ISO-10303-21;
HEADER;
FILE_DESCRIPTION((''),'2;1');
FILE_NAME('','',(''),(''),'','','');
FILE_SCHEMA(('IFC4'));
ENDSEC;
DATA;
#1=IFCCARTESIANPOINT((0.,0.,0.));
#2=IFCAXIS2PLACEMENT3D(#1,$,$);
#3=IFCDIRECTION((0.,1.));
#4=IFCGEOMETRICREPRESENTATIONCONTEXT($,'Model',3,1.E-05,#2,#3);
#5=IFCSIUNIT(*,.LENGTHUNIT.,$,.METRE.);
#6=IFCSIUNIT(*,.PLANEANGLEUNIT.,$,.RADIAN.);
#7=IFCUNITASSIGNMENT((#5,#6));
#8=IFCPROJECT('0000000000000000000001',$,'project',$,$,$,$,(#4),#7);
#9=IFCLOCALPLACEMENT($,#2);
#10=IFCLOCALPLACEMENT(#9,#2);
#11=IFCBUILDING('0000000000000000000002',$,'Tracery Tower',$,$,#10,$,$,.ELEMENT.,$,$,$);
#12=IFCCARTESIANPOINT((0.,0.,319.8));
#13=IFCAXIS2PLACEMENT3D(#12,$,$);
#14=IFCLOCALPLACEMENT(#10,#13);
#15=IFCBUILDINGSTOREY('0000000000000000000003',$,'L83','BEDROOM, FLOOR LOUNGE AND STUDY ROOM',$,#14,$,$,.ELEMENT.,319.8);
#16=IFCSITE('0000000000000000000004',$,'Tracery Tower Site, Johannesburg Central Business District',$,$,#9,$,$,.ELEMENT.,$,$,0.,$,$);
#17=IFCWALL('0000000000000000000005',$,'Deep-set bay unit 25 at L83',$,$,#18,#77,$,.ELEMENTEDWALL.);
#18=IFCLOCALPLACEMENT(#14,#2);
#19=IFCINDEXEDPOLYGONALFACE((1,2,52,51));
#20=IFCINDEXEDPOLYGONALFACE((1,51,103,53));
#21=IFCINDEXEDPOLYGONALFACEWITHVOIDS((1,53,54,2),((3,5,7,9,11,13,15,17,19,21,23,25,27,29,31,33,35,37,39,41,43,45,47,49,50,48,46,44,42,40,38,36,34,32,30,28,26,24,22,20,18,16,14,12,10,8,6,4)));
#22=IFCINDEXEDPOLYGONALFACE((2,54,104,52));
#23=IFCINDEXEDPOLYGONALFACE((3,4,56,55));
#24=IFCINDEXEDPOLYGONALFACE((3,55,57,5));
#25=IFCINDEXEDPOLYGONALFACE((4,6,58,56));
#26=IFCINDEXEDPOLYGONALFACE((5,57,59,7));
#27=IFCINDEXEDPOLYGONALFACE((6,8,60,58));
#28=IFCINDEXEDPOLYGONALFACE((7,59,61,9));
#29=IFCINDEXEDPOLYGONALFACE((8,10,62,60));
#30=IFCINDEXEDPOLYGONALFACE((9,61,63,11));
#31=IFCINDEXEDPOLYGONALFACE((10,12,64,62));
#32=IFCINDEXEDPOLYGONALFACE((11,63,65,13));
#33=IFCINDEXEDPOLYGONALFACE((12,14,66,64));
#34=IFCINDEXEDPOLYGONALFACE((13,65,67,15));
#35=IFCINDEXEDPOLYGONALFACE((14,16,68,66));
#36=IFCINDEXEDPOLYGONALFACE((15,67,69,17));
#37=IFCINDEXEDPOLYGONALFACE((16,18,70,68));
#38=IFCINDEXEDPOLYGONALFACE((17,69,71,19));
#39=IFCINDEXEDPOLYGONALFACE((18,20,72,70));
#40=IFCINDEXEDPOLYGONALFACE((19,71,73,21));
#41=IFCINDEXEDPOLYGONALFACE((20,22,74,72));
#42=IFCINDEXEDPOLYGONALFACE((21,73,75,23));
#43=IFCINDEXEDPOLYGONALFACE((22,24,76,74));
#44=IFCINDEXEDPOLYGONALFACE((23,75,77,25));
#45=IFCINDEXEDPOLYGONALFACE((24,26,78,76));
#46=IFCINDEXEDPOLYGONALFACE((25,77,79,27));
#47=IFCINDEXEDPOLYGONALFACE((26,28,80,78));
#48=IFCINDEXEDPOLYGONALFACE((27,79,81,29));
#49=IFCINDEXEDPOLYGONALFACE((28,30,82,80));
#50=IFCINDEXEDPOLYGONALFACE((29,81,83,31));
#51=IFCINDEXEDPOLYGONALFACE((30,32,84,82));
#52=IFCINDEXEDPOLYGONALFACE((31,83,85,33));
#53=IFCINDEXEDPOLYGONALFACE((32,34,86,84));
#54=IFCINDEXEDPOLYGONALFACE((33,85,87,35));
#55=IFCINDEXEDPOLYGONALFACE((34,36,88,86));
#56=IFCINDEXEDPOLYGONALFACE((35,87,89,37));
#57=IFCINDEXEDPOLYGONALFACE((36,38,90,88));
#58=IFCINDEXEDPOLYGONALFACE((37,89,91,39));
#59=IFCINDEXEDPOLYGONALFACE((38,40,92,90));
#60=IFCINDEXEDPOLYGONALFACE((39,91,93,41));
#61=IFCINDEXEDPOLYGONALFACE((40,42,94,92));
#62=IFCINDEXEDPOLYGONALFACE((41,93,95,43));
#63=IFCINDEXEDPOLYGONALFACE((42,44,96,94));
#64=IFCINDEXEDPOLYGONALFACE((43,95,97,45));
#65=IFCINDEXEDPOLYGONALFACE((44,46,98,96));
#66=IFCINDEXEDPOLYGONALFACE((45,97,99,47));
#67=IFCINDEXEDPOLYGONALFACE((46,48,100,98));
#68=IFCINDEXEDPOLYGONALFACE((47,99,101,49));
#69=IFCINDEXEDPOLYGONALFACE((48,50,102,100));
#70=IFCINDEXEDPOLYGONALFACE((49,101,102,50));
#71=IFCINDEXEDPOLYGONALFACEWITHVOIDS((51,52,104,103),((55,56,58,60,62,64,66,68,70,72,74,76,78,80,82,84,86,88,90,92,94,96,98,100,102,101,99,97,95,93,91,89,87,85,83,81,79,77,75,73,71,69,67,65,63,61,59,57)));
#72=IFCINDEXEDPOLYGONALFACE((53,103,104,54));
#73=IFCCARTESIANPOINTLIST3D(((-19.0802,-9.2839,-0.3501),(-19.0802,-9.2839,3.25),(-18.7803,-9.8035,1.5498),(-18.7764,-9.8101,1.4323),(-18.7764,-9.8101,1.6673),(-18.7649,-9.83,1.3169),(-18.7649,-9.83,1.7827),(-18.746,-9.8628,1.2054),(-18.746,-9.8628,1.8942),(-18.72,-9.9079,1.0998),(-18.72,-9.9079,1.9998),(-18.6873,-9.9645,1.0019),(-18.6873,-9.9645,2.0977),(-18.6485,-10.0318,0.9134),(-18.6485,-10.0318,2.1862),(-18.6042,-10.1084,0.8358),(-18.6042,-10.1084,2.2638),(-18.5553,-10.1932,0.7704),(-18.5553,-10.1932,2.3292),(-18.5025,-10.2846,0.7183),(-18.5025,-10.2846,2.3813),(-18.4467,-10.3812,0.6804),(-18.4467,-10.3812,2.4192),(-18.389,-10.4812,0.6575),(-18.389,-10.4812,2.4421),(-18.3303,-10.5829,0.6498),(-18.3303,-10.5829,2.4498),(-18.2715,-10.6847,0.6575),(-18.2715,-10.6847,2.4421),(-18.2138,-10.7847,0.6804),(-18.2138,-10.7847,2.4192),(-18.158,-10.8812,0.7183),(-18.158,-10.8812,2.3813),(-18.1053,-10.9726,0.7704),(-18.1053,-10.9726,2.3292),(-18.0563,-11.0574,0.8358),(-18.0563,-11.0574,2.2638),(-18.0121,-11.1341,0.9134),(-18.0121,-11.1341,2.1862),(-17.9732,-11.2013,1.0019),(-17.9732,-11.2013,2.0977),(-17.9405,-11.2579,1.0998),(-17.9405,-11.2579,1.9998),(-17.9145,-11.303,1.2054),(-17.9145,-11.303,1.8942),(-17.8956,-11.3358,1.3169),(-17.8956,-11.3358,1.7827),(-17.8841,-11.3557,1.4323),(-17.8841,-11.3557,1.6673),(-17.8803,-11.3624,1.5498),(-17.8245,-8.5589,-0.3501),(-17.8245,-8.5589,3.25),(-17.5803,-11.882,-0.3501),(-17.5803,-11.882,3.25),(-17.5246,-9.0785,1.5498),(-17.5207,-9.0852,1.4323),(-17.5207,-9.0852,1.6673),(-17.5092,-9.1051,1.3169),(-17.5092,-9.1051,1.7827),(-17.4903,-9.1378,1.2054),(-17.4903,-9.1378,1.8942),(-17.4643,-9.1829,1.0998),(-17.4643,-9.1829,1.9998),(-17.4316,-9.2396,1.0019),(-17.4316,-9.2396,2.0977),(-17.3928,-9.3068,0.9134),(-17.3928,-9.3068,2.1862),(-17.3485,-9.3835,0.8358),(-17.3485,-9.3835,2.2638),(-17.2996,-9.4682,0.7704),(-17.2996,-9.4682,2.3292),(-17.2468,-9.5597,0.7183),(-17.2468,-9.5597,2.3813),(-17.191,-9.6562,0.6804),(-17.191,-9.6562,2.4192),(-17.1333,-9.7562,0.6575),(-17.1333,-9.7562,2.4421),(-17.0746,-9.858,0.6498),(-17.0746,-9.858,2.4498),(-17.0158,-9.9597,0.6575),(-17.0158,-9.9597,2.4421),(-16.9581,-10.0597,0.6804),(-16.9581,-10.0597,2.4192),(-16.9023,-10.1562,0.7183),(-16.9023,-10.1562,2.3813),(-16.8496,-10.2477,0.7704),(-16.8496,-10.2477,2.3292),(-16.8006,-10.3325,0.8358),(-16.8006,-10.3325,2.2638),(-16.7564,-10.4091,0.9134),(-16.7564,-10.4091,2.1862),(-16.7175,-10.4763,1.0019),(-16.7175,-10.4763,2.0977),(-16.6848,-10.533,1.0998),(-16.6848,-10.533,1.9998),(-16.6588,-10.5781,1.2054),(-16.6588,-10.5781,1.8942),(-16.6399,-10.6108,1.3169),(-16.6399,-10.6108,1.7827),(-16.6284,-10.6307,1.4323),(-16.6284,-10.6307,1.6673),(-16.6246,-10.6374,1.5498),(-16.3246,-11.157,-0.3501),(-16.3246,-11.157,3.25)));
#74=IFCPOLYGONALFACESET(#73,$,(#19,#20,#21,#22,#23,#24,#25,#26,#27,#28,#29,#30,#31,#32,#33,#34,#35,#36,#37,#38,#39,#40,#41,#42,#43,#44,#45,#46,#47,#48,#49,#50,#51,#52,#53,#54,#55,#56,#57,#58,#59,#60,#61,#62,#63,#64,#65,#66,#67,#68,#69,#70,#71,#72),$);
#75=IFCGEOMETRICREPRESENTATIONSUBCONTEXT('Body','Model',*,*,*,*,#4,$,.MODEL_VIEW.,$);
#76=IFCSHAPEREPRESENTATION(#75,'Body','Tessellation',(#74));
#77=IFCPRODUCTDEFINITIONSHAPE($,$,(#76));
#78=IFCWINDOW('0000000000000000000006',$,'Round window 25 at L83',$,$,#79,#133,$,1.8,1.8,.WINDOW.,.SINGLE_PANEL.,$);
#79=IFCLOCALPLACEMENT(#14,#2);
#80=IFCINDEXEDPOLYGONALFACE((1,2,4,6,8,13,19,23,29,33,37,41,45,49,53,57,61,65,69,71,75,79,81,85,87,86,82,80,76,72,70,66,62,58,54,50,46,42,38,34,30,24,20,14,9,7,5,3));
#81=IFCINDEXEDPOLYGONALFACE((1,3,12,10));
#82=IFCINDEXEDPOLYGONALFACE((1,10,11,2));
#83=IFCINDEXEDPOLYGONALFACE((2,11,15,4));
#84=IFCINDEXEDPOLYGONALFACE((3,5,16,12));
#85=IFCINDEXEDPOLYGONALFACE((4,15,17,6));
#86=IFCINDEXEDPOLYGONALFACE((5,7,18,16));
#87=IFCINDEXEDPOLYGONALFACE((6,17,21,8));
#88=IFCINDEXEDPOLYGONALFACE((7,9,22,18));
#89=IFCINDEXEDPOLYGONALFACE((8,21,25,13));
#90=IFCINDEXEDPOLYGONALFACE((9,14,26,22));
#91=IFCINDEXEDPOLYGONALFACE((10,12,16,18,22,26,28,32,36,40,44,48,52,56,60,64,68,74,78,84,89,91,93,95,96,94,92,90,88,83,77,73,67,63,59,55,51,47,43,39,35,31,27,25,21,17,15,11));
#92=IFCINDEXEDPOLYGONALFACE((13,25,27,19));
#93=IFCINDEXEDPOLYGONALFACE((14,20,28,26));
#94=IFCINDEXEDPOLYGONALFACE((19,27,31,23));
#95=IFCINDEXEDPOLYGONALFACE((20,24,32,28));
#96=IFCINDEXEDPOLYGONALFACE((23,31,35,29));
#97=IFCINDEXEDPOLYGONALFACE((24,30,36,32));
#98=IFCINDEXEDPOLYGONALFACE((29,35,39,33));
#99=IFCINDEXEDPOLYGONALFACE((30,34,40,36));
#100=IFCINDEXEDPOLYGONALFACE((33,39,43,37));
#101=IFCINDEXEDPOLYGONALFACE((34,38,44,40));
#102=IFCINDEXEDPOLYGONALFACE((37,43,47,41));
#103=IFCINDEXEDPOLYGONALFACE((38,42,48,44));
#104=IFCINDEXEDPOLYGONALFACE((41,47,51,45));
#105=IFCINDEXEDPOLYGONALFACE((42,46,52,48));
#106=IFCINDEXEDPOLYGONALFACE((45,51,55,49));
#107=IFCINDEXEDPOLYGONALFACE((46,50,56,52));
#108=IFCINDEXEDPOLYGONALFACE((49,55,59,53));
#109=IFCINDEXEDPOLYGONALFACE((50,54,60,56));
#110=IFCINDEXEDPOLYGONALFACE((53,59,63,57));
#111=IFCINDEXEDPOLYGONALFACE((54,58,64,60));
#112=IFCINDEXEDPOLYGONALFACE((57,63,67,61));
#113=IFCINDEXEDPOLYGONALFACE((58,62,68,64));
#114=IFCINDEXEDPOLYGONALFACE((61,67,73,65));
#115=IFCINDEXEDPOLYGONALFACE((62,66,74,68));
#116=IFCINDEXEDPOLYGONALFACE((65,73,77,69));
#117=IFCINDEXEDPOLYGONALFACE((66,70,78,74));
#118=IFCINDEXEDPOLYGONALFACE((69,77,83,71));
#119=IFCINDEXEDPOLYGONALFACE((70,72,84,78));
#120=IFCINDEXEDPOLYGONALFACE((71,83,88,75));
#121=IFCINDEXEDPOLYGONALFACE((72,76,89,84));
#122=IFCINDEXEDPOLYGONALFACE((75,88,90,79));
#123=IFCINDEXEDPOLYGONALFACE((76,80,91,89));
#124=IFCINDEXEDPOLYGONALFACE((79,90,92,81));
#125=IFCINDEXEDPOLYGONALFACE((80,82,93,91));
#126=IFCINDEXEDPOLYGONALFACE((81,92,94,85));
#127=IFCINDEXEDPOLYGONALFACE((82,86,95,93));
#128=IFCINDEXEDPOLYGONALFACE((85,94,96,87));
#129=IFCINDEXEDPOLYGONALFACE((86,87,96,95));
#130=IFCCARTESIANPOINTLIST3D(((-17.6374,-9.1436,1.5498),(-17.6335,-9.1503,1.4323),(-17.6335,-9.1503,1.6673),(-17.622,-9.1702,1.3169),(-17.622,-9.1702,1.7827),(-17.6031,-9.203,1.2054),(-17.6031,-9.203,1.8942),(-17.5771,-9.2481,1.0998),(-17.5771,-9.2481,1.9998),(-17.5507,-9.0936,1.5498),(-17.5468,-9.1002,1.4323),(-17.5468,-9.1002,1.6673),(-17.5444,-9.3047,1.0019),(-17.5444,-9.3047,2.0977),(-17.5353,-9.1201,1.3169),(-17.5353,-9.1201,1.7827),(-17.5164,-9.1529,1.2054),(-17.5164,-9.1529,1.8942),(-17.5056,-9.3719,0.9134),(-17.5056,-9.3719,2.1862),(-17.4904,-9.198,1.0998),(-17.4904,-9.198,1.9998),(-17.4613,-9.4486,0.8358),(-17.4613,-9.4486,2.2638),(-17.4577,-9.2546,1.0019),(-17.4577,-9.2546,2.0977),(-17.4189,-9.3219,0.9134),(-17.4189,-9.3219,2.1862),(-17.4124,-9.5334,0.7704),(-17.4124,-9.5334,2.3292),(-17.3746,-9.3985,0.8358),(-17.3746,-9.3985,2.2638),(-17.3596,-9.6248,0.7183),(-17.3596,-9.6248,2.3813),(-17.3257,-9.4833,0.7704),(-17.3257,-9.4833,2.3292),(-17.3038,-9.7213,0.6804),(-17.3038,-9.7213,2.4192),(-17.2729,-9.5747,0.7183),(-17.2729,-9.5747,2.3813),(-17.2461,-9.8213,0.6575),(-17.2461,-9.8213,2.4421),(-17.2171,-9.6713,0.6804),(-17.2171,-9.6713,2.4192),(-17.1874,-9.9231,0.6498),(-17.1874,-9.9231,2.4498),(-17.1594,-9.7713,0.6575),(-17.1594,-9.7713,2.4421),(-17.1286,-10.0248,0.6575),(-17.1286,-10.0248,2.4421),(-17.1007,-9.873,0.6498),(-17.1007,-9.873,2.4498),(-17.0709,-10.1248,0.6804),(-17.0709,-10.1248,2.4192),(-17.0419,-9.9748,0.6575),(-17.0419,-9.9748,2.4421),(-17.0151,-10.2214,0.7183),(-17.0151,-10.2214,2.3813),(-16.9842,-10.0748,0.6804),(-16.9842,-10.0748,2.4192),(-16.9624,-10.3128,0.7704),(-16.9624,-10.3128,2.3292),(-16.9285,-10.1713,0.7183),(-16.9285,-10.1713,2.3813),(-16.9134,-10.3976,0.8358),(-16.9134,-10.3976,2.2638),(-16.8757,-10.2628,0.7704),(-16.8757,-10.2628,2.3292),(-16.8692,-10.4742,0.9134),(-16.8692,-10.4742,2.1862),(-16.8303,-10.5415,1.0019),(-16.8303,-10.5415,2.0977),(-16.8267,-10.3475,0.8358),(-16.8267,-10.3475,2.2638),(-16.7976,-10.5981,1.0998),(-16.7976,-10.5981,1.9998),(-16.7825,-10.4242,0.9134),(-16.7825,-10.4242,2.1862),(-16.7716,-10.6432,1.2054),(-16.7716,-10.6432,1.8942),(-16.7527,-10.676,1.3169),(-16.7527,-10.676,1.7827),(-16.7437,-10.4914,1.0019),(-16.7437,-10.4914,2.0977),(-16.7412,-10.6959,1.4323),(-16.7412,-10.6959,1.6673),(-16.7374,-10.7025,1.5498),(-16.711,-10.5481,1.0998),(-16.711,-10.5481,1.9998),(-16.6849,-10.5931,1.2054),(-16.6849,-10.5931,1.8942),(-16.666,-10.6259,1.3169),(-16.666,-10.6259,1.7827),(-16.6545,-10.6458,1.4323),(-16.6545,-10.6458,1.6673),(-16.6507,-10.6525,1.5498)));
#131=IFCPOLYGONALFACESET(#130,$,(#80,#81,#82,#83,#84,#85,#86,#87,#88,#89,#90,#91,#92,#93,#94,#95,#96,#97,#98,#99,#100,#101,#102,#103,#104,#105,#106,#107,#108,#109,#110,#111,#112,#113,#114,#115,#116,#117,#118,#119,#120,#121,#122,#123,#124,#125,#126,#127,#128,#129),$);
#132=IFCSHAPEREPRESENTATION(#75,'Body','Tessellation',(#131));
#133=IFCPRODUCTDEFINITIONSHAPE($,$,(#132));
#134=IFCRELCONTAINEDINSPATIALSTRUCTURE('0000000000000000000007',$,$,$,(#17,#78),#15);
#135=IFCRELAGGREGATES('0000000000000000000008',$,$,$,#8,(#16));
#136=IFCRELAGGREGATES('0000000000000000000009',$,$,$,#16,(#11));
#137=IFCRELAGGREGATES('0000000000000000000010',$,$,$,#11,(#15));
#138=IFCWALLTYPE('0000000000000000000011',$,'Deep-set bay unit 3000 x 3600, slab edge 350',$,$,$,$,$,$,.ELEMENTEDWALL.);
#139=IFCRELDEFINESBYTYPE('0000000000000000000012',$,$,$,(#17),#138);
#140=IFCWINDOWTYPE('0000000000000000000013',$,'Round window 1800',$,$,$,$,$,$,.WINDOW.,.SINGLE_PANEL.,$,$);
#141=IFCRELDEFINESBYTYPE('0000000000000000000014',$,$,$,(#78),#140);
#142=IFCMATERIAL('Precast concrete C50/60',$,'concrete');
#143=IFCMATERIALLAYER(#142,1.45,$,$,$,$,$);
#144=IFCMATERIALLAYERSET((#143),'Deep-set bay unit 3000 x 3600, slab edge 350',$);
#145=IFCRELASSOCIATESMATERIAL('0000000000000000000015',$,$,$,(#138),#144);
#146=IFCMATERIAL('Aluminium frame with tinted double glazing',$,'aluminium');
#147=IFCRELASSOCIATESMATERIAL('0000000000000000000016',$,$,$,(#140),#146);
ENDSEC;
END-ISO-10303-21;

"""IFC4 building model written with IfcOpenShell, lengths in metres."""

from ifc_helpers import new_model, si_unit, direction, frame, frame_2d, origin, origin_2d, place, context, subcontext, project, spatial, rectangle, circle, extrude, material, layer, layer_set, type_object, element, fill, save


model = new_model("IFC4")

# Units and contexts
model_context = context("Model", 3, precision=1e-05, world=origin(), true_north=direction((0.0, 1.0)))
body_context = subcontext(model_context, "Body", "Model", "MODEL_VIEW")
ifc_project = project(units=[si_unit("LENGTHUNIT", "METRE"), si_unit("PLANEANGLEUNIT", "RADIAN")], contexts=[model_context])

# Site, building, storey
site_placement = place(None, origin())
site = spatial("IfcSite", under=ifc_project, at=site_placement, Name="Tracery Tower Site, Johannesburg Central Business District", CompositionType="ELEMENT", RefElevation=0.0)
building_placement = place(site_placement, origin())
building = spatial("IfcBuilding", under=site, at=building_placement, Name="Tracery Tower", CompositionType="ELEMENT")
storey_placement = place(building_placement, frame((0.0, 0.0, 319.8)))
storey = spatial("IfcBuildingStorey", under=building, at=storey_placement, Name="L83", Description="BEDROOM, FLOOR LOUNGE AND STUDY ROOM", CompositionType="ELEMENT", Elevation=319.8)

# Wall, opening, window
ifc_material_1 = material(Name="Precast concrete C50/60", Category="concrete")
ifc_layer_1 = layer(ifc_material_1, 1.45)
ifc_layer_set_1 = layer_set([ifc_layer_1], Name="Deep-set bay unit 3000 x 3600, slab edge 350")
wall_type_1 = type_object("IfcWallType", Name="Deep-set bay unit 3000 x 3600, slab edge 350", PredefinedType="ELEMENTEDWALL", material=ifc_layer_set_1)
wall_1_placement = place(storey_placement, frame((-18.4524, -8.9214, -0.3501), z_axis=(0.0, 0.0, 1.0), x_axis=(0.49999, -0.866031, 0.0)))
wall_1 = element("IfcWall", 1, at=wall_1_placement, inside=storey, type_object=wall_type_1, Name="Deep-set bay unit 25 at L83", PredefinedType="ELEMENTEDWALL", context=body_context, shape_type="SweptSolid", body=[
    extrude(rectangle(XDim=3.0, YDim=1.45, at=frame_2d((1.5, 0.0))), origin(), (0.0, 0.0, 1.0), 3.6001),
])
opening_1_placement = place(wall_1_placement, frame((1.5, 0.0, 1.8999)))
opening_1 = element("IfcOpeningElement", 2, at=opening_1_placement, cuts=wall_1, PredefinedType="OPENING", context=body_context, shape_type="SweptSolid", body=[
    extrude(circle(Radius=0.9, at=origin_2d()), frame((0.0, 0.7349, 0.0), z_axis=(0.0, -1.0, 0.0), x_axis=(1.0, 0.0, 0.0)), (0.0, 0.0, 1.0), 1.47),
])
ifc_material_2 = material(Name="Aluminium frame with tinted double glazing", Category="aluminium")
window_type = type_object("IfcWindowType", Name="Round window 1800", PartitioningType="SINGLE_PANEL", PredefinedType="WINDOW", material=ifc_material_2)
window_1_placement = place(opening_1_placement, origin())
window_1 = element("IfcWindow", 3, at=window_1_placement, inside=storey, type_object=window_type, Name="Round window 25 at L83", OverallHeight=1.8, OverallWidth=1.8, PartitioningType="SINGLE_PANEL", PredefinedType="WINDOW", context=body_context, shape_type="SweptSolid", body=[
    extrude(circle(Radius=0.9, at=origin_2d()), frame((0.0, 0.6948, 0.0), z_axis=(0.0, -1.0, 0.0), x_axis=(1.0, 0.0, 0.0)), (0.0, 0.0, 1.0), 0.1001),
])
fill(opening_1, window_1)

save(model, "model.ifc")
